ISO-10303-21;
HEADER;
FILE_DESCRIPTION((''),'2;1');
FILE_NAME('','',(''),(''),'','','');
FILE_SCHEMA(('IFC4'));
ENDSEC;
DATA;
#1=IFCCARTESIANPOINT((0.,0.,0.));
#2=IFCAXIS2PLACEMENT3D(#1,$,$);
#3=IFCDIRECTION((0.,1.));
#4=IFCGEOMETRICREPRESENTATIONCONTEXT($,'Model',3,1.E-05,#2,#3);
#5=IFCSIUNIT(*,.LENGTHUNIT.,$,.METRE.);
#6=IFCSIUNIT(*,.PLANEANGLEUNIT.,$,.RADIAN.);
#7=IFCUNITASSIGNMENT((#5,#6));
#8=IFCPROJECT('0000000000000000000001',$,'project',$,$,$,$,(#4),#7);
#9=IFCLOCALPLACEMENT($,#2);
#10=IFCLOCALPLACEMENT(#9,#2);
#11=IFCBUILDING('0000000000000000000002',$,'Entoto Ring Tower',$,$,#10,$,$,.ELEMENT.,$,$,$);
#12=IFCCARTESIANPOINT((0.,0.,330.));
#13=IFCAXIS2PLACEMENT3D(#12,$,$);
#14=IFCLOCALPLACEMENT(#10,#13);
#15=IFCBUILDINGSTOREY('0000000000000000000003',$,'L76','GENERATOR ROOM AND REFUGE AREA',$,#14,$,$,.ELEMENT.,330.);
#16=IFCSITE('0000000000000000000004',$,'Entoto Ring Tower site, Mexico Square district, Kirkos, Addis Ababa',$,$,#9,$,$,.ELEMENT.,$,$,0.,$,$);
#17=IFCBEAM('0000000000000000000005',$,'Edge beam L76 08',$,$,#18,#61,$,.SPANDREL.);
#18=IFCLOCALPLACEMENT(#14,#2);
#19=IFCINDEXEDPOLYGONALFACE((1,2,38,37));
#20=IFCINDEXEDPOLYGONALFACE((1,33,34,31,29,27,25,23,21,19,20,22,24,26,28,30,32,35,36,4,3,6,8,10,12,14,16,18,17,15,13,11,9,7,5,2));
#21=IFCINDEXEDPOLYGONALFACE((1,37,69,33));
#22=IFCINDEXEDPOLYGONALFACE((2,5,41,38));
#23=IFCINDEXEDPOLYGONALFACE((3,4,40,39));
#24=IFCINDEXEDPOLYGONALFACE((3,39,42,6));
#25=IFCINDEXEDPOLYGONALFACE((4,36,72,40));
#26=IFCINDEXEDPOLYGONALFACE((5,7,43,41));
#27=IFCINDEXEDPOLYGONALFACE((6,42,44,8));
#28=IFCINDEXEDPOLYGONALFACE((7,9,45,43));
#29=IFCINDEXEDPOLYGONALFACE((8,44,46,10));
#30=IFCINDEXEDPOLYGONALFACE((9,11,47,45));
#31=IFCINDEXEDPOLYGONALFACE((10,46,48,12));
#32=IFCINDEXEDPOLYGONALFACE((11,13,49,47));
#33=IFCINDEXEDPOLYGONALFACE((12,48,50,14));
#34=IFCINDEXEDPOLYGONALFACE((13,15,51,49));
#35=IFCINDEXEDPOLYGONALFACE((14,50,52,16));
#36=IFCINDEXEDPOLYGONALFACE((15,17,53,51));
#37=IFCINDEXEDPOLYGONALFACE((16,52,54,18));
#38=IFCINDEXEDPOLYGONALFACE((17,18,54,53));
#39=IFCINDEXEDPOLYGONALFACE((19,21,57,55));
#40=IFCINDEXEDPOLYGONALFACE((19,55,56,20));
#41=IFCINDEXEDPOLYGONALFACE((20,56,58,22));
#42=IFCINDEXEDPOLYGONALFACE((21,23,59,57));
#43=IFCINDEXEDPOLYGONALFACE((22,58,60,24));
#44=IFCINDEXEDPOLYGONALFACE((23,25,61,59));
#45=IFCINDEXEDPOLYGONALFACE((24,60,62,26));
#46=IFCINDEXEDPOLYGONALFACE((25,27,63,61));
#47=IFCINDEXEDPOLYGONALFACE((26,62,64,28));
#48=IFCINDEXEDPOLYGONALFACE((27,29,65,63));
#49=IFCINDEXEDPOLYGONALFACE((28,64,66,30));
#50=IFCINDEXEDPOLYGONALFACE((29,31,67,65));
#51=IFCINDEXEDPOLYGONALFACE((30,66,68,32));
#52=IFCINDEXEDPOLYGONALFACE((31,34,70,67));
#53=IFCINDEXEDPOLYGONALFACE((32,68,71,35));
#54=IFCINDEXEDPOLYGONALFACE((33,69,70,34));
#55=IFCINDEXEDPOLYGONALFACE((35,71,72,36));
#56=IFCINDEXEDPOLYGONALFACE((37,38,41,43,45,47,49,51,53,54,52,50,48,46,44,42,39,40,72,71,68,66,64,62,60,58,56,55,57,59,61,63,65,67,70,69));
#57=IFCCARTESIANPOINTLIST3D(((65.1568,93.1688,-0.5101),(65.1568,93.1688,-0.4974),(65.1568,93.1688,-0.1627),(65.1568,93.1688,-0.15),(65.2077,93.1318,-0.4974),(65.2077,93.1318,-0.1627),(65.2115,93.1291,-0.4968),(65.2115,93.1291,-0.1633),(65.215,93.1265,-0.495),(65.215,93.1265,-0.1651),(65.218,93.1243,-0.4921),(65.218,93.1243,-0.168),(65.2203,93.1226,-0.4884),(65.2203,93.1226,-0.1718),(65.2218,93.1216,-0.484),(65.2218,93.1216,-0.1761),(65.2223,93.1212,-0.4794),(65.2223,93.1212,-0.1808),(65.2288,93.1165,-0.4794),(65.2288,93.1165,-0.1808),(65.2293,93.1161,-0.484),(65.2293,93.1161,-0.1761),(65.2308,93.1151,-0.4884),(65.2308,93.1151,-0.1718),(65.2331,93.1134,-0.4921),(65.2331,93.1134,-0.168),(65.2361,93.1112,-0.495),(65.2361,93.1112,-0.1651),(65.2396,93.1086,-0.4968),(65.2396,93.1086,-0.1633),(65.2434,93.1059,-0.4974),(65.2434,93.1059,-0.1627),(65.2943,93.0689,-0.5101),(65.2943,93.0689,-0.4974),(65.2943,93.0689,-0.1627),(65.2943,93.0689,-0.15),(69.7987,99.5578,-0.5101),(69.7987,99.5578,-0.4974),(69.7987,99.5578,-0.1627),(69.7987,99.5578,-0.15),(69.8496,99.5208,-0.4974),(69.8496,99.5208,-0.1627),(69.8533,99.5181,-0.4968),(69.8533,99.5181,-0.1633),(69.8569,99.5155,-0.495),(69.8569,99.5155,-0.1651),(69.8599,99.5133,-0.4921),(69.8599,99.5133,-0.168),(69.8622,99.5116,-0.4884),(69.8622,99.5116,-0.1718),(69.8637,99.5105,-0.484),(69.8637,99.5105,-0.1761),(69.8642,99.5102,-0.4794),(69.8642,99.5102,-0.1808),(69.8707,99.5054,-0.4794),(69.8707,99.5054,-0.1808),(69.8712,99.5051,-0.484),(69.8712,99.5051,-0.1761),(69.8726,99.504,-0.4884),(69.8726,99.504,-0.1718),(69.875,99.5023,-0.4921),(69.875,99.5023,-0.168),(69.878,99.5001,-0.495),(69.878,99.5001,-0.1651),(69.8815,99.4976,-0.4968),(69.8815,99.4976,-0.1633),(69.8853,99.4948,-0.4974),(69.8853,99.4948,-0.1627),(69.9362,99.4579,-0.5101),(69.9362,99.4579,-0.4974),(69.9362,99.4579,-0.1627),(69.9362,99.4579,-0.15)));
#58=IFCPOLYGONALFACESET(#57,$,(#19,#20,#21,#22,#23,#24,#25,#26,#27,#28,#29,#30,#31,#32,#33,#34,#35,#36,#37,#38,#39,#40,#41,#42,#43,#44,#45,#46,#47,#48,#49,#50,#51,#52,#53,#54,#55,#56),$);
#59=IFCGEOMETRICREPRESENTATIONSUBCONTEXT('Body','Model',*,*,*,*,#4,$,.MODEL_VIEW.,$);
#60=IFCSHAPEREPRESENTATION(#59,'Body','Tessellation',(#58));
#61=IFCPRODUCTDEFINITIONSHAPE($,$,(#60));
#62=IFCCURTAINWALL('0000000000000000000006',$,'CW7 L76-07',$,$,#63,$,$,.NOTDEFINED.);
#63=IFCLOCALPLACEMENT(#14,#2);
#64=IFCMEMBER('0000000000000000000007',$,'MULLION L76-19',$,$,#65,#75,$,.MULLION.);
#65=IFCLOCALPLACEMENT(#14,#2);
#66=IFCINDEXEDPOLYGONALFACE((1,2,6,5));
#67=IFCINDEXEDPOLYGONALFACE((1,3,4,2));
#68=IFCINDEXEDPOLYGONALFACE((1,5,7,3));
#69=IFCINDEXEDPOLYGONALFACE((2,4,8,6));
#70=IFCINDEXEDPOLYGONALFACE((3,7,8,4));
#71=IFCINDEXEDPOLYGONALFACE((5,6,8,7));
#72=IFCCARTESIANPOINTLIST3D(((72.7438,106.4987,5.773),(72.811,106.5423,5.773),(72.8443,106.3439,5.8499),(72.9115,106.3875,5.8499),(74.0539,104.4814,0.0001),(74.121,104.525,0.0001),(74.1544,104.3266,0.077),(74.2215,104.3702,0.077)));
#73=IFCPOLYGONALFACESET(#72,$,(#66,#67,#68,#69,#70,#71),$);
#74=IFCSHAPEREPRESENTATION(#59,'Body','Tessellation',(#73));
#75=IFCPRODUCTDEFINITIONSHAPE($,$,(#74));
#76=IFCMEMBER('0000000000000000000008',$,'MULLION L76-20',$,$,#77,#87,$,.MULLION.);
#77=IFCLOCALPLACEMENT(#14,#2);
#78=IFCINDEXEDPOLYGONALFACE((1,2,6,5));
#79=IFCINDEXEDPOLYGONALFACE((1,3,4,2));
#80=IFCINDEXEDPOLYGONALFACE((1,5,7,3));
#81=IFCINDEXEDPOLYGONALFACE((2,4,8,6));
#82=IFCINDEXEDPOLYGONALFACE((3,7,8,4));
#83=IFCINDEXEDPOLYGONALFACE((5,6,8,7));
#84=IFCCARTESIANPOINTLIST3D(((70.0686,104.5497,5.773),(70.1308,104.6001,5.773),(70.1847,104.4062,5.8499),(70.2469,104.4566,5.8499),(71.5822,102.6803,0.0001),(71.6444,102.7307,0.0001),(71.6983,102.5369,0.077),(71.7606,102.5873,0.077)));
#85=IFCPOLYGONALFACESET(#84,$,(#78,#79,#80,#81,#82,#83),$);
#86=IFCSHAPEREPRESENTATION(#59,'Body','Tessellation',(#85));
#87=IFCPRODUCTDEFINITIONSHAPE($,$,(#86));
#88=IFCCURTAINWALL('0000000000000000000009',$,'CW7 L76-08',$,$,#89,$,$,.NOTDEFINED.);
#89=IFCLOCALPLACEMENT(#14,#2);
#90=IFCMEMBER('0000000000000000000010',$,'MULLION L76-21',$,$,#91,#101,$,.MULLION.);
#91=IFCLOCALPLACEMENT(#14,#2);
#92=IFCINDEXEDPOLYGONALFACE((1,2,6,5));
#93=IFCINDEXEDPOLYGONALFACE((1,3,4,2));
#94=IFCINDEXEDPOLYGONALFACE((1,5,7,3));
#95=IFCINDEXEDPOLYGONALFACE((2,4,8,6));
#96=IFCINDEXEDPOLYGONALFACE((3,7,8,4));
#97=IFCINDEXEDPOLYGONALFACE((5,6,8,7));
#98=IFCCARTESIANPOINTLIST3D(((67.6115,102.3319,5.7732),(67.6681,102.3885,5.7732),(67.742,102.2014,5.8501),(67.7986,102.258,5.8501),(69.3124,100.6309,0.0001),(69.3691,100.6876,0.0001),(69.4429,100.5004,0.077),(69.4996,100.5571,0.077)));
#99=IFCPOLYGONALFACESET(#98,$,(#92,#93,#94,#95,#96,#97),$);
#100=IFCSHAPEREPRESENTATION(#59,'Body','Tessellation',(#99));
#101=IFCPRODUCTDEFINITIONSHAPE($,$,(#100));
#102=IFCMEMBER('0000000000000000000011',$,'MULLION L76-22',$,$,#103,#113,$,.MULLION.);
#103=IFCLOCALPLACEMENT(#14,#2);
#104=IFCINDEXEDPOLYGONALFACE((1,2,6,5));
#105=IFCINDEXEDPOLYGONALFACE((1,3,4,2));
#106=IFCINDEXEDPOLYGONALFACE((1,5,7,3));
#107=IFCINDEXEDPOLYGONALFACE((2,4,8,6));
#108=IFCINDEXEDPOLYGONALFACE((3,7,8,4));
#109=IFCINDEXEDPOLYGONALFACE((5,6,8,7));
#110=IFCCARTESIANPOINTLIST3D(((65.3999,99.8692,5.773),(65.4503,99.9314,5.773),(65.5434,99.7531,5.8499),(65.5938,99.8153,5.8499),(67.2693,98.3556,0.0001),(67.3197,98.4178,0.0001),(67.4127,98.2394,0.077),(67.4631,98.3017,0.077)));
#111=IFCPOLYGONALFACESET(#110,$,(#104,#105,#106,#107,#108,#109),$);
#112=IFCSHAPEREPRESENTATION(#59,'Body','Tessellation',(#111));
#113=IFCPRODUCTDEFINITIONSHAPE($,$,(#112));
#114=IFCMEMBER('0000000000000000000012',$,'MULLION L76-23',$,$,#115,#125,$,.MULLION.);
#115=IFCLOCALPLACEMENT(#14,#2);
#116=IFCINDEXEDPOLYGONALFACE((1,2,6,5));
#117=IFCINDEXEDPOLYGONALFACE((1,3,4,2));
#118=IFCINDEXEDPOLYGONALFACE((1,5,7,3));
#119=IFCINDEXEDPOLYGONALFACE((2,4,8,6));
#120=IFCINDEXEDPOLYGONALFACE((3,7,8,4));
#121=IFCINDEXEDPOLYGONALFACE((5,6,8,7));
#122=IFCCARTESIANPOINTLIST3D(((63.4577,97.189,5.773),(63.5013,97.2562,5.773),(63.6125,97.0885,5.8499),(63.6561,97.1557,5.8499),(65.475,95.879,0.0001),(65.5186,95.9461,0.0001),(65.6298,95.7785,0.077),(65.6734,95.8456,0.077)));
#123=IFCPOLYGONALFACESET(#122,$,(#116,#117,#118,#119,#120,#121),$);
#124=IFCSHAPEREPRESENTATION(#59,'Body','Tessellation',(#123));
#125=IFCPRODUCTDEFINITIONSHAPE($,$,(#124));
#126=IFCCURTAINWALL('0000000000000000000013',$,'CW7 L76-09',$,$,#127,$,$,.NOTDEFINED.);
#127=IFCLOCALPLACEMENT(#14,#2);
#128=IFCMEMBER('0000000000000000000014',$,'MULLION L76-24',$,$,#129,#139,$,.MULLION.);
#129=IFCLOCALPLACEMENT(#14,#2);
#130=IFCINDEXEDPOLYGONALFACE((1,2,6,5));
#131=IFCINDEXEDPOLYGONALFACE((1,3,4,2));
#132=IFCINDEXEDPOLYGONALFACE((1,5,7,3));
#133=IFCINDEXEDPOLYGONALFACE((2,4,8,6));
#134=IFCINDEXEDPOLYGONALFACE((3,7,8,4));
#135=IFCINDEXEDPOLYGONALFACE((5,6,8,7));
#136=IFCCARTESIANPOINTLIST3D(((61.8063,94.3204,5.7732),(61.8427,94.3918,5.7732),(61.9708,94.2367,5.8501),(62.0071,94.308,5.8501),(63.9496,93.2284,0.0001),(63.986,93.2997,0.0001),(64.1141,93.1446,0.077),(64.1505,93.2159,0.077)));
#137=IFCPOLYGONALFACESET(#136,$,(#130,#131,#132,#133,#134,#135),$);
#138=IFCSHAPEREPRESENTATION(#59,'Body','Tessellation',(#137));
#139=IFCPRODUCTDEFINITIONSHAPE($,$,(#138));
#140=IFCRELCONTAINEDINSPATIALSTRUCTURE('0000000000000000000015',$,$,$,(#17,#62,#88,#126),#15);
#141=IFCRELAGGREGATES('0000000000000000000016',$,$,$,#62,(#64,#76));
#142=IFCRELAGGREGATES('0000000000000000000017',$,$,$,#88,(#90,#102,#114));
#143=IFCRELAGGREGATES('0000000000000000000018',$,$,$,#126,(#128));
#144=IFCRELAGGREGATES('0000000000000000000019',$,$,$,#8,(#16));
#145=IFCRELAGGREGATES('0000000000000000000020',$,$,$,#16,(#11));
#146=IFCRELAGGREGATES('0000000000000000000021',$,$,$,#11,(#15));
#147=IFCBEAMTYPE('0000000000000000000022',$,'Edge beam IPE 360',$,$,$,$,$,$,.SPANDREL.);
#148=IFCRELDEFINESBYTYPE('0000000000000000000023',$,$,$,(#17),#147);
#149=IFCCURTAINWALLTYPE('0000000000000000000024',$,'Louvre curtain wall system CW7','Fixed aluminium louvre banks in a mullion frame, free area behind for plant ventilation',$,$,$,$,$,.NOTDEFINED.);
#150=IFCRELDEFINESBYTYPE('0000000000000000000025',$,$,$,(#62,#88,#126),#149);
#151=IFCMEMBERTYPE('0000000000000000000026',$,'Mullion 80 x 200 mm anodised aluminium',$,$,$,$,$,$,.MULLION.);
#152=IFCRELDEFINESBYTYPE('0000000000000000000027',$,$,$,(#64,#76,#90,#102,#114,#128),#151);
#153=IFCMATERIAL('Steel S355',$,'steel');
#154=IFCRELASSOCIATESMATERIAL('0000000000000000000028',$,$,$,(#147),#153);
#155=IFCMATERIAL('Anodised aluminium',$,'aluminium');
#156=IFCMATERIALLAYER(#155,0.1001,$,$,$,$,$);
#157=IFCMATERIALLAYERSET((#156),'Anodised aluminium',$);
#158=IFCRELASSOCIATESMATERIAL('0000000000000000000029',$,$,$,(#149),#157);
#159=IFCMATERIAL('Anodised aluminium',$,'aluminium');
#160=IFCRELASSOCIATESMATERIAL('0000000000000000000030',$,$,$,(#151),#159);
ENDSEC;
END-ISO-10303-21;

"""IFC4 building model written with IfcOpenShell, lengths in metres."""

from ifc_helpers import new_model, si_unit, direction, frame, origin, origin_2d, place, context, subcontext, project, spatial, rectangle, i_section, extrude, material, layer, layer_set, material_profile, profile_set, type_object, element, aggregate, save


model = new_model("IFC4")

# Units and contexts
model_context = context("Model", 3, precision=1e-05, world=origin(), true_north=direction((0.0, 1.0)))
body_context = subcontext(model_context, "Body", "Model", "MODEL_VIEW")
ifc_project = project(units=[si_unit("LENGTHUNIT", "METRE"), si_unit("PLANEANGLEUNIT", "RADIAN")], contexts=[model_context])

# Site, building, storey
site_placement = place(None, origin())
site = spatial("IfcSite", under=ifc_project, at=site_placement, Name="Entoto Ring Tower site, Mexico Square district, Kirkos, Addis Ababa", CompositionType="ELEMENT", RefElevation=0.0)
building_placement = place(site_placement, origin())
building = spatial("IfcBuilding", under=site, at=building_placement, Name="Entoto Ring Tower", CompositionType="ELEMENT")
storey_placement = place(building_placement, frame((0.0, 0.0, 330.0)))
storey = spatial("IfcBuildingStorey", under=building, at=storey_placement, Name="L76", Description="GENERATOR ROOM AND REFUGE AREA", CompositionType="ELEMENT", Elevation=330.0)

# Beam
ifc_material_1 = material(Name="Steel S355", Category="steel")
ifc_material_profile_1 = material_profile(ifc_material_1, i_section(OverallWidth=0.1699, OverallDepth=0.3601, WebThickness=0.0081, FlangeThickness=0.0127, FilletRadius=0.0181, at=origin_2d()), Name="IPE 360")
ifc_profile_set_1 = profile_set([ifc_material_profile_1], Name="Steel S355")
beam_type = type_object("IfcBeamType", Name="Edge beam IPE 360", PredefinedType="SPANDREL", material=ifc_profile_set_1)
beam_placement = place(storey_placement, frame((69.8674, 99.5078, -0.3301), z_axis=(-0.587787, -0.809015, 0.0), x_axis=(0.809015, -0.587787, 0.0)))
element("IfcBeam", 1, at=beam_placement, inside=storey, type_object=beam_type, Name="Edge beam L76 08", PredefinedType="SPANDREL", context=body_context, shape_type="SweptSolid", body=[
    extrude(i_section(OverallWidth=0.1699, OverallDepth=0.3601, WebThickness=0.0081, FlangeThickness=0.0127, FilletRadius=0.0181, at=origin_2d()), origin(), (0.0, 0.0, 1.0), 7.8972),
])

# Curtain walls, members
ifc_material_2 = material(Name="Anodised aluminium", Category="aluminium")
ifc_layer_1 = layer(ifc_material_2, 0.1001)
ifc_layer_set_1 = layer_set([ifc_layer_1], Name="Anodised aluminium")
curtain_wall_type = type_object("IfcCurtainWallType", Name="Louvre curtain wall system CW7", Description="Fixed aluminium louvre banks in a mullion frame, free area behind for plant ventilation", PredefinedType="NOTDEFINED", material=ifc_layer_set_1)
curtain_wall_1_placement = place(storey_placement, origin())
curtain_wall_1 = element("IfcCurtainWall", 2, at=curtain_wall_1_placement, inside=storey, type_object=curtain_wall_type, Name="CW7 L76-07", PredefinedType="NOTDEFINED")
ifc_material_3 = material(Name="Anodised aluminium", Category="aluminium")
ifc_material_profile_2 = material_profile(ifc_material_3, rectangle(XDim=0.0801, YDim=0.2, at=origin_2d()), Name="Mullion 80 x 200 mm anodised aluminium")
ifc_profile_set_2 = profile_set([ifc_material_profile_2], Name="Anodised aluminium")
member_type_1 = type_object("IfcMemberType", Name="Mullion 80 x 200 mm anodised aluminium", PredefinedType="MULLION", material=ifc_profile_set_2)
member_1_placement = place(storey_placement, frame((74.1377, 104.4258, 0.0386), z_axis=(-0.209474, 0.322566, 0.923077), x_axis=(-0.838673, -0.544635, 0.0)))
member_1 = element("IfcMember", 3, at=member_1_placement, type_object=member_type_1, Name="MULLION L76-19", PredefinedType="MULLION", context=body_context, shape_type="SweptSolid", body=[
    extrude(rectangle(XDim=0.0801, YDim=0.2, at=origin_2d()), origin(), (0.0, 0.0, 1.0), 6.2539),
])
member_2_placement = place(storey_placement, frame((71.6714, 102.6338, 0.0386), z_axis=(-0.242032, 0.298909, 0.923078), x_axis=(-0.777172, -0.629289, 0.0)))
member_2 = element("IfcMember", 4, at=member_2_placement, type_object=member_type_1, Name="MULLION L76-20", PredefinedType="MULLION", context=body_context, shape_type="SweptSolid", body=[
    extrude(rectangle(XDim=0.0801, YDim=0.2, at=origin_2d()), origin(), (0.0, 0.0, 1.0), 6.2539),
])
aggregate(curtain_wall_1, [member_1, member_2])
curtain_wall_2_placement = place(storey_placement, origin())
curtain_wall_2 = element("IfcCurtainWall", 5, at=curtain_wall_2_placement, inside=storey, type_object=curtain_wall_type, Name="CW7 L76-08", PredefinedType="NOTDEFINED")
member_3_placement = place(storey_placement, frame((69.406, 100.594, 0.0386), z_axis=(-0.271972, 0.271972, 0.923072), x_axis=(-0.707107, -0.707107, 0.0)))
member_3 = element("IfcMember", 6, at=member_3_placement, type_object=member_type_1, Name="MULLION L76-21", PredefinedType="MULLION", context=body_context, shape_type="SweptSolid", body=[
    extrude(rectangle(XDim=0.0801, YDim=0.2, at=origin_2d()), origin(), (0.0, 0.0, 1.0), 6.2542),
])
member_4_placement = place(storey_placement, frame((67.3662, 98.3286, 0.0386), z_axis=(-0.298909, 0.242032, 0.923078), x_axis=(-0.629289, -0.777172, 0.0)))
member_4 = element("IfcMember", 7, at=member_4_placement, type_object=member_type_1, Name="MULLION L76-22", PredefinedType="MULLION", context=body_context, shape_type="SweptSolid", body=[
    extrude(rectangle(XDim=0.0801, YDim=0.2, at=origin_2d()), origin(), (0.0, 0.0, 1.0), 6.2539),
])
member_5_placement = place(storey_placement, frame((65.5742, 95.8623, 0.0386), z_axis=(-0.322566, 0.209474, 0.923077), x_axis=(-0.544635, -0.838673, 0.0)))
member_5 = element("IfcMember", 8, at=member_5_placement, type_object=member_type_1, Name="MULLION L76-23", PredefinedType="MULLION", context=body_context, shape_type="SweptSolid", body=[
    extrude(rectangle(XDim=0.0801, YDim=0.2, at=origin_2d()), origin(), (0.0, 0.0, 1.0), 6.2539),
])
aggregate(curtain_wall_2, [member_3, member_4, member_5])

# Curtain wall, member
curtain_wall_3_placement = place(storey_placement, origin())
curtain_wall_3 = element("IfcCurtainWall", 9, at=curtain_wall_3_placement, inside=storey, type_object=curtain_wall_type, Name="CW7 L76-09", PredefinedType="NOTDEFINED")
member_6_placement = place(storey_placement, frame((64.05, 93.2222, 0.0386), z_axis=(-0.342707, 0.174613, 0.923072), x_axis=(-0.453981, -0.891012, 0.0)))
member_6 = element("IfcMember", 10, at=member_6_placement, type_object=member_type_1, Name="MULLION L76-24", PredefinedType="MULLION", context=body_context, shape_type="SweptSolid", body=[
    extrude(rectangle(XDim=0.0801, YDim=0.2, at=origin_2d()), origin(), (0.0, 0.0, 1.0), 6.2542),
])
aggregate(curtain_wall_3, [member_6])

save(model, "model.ifc")
